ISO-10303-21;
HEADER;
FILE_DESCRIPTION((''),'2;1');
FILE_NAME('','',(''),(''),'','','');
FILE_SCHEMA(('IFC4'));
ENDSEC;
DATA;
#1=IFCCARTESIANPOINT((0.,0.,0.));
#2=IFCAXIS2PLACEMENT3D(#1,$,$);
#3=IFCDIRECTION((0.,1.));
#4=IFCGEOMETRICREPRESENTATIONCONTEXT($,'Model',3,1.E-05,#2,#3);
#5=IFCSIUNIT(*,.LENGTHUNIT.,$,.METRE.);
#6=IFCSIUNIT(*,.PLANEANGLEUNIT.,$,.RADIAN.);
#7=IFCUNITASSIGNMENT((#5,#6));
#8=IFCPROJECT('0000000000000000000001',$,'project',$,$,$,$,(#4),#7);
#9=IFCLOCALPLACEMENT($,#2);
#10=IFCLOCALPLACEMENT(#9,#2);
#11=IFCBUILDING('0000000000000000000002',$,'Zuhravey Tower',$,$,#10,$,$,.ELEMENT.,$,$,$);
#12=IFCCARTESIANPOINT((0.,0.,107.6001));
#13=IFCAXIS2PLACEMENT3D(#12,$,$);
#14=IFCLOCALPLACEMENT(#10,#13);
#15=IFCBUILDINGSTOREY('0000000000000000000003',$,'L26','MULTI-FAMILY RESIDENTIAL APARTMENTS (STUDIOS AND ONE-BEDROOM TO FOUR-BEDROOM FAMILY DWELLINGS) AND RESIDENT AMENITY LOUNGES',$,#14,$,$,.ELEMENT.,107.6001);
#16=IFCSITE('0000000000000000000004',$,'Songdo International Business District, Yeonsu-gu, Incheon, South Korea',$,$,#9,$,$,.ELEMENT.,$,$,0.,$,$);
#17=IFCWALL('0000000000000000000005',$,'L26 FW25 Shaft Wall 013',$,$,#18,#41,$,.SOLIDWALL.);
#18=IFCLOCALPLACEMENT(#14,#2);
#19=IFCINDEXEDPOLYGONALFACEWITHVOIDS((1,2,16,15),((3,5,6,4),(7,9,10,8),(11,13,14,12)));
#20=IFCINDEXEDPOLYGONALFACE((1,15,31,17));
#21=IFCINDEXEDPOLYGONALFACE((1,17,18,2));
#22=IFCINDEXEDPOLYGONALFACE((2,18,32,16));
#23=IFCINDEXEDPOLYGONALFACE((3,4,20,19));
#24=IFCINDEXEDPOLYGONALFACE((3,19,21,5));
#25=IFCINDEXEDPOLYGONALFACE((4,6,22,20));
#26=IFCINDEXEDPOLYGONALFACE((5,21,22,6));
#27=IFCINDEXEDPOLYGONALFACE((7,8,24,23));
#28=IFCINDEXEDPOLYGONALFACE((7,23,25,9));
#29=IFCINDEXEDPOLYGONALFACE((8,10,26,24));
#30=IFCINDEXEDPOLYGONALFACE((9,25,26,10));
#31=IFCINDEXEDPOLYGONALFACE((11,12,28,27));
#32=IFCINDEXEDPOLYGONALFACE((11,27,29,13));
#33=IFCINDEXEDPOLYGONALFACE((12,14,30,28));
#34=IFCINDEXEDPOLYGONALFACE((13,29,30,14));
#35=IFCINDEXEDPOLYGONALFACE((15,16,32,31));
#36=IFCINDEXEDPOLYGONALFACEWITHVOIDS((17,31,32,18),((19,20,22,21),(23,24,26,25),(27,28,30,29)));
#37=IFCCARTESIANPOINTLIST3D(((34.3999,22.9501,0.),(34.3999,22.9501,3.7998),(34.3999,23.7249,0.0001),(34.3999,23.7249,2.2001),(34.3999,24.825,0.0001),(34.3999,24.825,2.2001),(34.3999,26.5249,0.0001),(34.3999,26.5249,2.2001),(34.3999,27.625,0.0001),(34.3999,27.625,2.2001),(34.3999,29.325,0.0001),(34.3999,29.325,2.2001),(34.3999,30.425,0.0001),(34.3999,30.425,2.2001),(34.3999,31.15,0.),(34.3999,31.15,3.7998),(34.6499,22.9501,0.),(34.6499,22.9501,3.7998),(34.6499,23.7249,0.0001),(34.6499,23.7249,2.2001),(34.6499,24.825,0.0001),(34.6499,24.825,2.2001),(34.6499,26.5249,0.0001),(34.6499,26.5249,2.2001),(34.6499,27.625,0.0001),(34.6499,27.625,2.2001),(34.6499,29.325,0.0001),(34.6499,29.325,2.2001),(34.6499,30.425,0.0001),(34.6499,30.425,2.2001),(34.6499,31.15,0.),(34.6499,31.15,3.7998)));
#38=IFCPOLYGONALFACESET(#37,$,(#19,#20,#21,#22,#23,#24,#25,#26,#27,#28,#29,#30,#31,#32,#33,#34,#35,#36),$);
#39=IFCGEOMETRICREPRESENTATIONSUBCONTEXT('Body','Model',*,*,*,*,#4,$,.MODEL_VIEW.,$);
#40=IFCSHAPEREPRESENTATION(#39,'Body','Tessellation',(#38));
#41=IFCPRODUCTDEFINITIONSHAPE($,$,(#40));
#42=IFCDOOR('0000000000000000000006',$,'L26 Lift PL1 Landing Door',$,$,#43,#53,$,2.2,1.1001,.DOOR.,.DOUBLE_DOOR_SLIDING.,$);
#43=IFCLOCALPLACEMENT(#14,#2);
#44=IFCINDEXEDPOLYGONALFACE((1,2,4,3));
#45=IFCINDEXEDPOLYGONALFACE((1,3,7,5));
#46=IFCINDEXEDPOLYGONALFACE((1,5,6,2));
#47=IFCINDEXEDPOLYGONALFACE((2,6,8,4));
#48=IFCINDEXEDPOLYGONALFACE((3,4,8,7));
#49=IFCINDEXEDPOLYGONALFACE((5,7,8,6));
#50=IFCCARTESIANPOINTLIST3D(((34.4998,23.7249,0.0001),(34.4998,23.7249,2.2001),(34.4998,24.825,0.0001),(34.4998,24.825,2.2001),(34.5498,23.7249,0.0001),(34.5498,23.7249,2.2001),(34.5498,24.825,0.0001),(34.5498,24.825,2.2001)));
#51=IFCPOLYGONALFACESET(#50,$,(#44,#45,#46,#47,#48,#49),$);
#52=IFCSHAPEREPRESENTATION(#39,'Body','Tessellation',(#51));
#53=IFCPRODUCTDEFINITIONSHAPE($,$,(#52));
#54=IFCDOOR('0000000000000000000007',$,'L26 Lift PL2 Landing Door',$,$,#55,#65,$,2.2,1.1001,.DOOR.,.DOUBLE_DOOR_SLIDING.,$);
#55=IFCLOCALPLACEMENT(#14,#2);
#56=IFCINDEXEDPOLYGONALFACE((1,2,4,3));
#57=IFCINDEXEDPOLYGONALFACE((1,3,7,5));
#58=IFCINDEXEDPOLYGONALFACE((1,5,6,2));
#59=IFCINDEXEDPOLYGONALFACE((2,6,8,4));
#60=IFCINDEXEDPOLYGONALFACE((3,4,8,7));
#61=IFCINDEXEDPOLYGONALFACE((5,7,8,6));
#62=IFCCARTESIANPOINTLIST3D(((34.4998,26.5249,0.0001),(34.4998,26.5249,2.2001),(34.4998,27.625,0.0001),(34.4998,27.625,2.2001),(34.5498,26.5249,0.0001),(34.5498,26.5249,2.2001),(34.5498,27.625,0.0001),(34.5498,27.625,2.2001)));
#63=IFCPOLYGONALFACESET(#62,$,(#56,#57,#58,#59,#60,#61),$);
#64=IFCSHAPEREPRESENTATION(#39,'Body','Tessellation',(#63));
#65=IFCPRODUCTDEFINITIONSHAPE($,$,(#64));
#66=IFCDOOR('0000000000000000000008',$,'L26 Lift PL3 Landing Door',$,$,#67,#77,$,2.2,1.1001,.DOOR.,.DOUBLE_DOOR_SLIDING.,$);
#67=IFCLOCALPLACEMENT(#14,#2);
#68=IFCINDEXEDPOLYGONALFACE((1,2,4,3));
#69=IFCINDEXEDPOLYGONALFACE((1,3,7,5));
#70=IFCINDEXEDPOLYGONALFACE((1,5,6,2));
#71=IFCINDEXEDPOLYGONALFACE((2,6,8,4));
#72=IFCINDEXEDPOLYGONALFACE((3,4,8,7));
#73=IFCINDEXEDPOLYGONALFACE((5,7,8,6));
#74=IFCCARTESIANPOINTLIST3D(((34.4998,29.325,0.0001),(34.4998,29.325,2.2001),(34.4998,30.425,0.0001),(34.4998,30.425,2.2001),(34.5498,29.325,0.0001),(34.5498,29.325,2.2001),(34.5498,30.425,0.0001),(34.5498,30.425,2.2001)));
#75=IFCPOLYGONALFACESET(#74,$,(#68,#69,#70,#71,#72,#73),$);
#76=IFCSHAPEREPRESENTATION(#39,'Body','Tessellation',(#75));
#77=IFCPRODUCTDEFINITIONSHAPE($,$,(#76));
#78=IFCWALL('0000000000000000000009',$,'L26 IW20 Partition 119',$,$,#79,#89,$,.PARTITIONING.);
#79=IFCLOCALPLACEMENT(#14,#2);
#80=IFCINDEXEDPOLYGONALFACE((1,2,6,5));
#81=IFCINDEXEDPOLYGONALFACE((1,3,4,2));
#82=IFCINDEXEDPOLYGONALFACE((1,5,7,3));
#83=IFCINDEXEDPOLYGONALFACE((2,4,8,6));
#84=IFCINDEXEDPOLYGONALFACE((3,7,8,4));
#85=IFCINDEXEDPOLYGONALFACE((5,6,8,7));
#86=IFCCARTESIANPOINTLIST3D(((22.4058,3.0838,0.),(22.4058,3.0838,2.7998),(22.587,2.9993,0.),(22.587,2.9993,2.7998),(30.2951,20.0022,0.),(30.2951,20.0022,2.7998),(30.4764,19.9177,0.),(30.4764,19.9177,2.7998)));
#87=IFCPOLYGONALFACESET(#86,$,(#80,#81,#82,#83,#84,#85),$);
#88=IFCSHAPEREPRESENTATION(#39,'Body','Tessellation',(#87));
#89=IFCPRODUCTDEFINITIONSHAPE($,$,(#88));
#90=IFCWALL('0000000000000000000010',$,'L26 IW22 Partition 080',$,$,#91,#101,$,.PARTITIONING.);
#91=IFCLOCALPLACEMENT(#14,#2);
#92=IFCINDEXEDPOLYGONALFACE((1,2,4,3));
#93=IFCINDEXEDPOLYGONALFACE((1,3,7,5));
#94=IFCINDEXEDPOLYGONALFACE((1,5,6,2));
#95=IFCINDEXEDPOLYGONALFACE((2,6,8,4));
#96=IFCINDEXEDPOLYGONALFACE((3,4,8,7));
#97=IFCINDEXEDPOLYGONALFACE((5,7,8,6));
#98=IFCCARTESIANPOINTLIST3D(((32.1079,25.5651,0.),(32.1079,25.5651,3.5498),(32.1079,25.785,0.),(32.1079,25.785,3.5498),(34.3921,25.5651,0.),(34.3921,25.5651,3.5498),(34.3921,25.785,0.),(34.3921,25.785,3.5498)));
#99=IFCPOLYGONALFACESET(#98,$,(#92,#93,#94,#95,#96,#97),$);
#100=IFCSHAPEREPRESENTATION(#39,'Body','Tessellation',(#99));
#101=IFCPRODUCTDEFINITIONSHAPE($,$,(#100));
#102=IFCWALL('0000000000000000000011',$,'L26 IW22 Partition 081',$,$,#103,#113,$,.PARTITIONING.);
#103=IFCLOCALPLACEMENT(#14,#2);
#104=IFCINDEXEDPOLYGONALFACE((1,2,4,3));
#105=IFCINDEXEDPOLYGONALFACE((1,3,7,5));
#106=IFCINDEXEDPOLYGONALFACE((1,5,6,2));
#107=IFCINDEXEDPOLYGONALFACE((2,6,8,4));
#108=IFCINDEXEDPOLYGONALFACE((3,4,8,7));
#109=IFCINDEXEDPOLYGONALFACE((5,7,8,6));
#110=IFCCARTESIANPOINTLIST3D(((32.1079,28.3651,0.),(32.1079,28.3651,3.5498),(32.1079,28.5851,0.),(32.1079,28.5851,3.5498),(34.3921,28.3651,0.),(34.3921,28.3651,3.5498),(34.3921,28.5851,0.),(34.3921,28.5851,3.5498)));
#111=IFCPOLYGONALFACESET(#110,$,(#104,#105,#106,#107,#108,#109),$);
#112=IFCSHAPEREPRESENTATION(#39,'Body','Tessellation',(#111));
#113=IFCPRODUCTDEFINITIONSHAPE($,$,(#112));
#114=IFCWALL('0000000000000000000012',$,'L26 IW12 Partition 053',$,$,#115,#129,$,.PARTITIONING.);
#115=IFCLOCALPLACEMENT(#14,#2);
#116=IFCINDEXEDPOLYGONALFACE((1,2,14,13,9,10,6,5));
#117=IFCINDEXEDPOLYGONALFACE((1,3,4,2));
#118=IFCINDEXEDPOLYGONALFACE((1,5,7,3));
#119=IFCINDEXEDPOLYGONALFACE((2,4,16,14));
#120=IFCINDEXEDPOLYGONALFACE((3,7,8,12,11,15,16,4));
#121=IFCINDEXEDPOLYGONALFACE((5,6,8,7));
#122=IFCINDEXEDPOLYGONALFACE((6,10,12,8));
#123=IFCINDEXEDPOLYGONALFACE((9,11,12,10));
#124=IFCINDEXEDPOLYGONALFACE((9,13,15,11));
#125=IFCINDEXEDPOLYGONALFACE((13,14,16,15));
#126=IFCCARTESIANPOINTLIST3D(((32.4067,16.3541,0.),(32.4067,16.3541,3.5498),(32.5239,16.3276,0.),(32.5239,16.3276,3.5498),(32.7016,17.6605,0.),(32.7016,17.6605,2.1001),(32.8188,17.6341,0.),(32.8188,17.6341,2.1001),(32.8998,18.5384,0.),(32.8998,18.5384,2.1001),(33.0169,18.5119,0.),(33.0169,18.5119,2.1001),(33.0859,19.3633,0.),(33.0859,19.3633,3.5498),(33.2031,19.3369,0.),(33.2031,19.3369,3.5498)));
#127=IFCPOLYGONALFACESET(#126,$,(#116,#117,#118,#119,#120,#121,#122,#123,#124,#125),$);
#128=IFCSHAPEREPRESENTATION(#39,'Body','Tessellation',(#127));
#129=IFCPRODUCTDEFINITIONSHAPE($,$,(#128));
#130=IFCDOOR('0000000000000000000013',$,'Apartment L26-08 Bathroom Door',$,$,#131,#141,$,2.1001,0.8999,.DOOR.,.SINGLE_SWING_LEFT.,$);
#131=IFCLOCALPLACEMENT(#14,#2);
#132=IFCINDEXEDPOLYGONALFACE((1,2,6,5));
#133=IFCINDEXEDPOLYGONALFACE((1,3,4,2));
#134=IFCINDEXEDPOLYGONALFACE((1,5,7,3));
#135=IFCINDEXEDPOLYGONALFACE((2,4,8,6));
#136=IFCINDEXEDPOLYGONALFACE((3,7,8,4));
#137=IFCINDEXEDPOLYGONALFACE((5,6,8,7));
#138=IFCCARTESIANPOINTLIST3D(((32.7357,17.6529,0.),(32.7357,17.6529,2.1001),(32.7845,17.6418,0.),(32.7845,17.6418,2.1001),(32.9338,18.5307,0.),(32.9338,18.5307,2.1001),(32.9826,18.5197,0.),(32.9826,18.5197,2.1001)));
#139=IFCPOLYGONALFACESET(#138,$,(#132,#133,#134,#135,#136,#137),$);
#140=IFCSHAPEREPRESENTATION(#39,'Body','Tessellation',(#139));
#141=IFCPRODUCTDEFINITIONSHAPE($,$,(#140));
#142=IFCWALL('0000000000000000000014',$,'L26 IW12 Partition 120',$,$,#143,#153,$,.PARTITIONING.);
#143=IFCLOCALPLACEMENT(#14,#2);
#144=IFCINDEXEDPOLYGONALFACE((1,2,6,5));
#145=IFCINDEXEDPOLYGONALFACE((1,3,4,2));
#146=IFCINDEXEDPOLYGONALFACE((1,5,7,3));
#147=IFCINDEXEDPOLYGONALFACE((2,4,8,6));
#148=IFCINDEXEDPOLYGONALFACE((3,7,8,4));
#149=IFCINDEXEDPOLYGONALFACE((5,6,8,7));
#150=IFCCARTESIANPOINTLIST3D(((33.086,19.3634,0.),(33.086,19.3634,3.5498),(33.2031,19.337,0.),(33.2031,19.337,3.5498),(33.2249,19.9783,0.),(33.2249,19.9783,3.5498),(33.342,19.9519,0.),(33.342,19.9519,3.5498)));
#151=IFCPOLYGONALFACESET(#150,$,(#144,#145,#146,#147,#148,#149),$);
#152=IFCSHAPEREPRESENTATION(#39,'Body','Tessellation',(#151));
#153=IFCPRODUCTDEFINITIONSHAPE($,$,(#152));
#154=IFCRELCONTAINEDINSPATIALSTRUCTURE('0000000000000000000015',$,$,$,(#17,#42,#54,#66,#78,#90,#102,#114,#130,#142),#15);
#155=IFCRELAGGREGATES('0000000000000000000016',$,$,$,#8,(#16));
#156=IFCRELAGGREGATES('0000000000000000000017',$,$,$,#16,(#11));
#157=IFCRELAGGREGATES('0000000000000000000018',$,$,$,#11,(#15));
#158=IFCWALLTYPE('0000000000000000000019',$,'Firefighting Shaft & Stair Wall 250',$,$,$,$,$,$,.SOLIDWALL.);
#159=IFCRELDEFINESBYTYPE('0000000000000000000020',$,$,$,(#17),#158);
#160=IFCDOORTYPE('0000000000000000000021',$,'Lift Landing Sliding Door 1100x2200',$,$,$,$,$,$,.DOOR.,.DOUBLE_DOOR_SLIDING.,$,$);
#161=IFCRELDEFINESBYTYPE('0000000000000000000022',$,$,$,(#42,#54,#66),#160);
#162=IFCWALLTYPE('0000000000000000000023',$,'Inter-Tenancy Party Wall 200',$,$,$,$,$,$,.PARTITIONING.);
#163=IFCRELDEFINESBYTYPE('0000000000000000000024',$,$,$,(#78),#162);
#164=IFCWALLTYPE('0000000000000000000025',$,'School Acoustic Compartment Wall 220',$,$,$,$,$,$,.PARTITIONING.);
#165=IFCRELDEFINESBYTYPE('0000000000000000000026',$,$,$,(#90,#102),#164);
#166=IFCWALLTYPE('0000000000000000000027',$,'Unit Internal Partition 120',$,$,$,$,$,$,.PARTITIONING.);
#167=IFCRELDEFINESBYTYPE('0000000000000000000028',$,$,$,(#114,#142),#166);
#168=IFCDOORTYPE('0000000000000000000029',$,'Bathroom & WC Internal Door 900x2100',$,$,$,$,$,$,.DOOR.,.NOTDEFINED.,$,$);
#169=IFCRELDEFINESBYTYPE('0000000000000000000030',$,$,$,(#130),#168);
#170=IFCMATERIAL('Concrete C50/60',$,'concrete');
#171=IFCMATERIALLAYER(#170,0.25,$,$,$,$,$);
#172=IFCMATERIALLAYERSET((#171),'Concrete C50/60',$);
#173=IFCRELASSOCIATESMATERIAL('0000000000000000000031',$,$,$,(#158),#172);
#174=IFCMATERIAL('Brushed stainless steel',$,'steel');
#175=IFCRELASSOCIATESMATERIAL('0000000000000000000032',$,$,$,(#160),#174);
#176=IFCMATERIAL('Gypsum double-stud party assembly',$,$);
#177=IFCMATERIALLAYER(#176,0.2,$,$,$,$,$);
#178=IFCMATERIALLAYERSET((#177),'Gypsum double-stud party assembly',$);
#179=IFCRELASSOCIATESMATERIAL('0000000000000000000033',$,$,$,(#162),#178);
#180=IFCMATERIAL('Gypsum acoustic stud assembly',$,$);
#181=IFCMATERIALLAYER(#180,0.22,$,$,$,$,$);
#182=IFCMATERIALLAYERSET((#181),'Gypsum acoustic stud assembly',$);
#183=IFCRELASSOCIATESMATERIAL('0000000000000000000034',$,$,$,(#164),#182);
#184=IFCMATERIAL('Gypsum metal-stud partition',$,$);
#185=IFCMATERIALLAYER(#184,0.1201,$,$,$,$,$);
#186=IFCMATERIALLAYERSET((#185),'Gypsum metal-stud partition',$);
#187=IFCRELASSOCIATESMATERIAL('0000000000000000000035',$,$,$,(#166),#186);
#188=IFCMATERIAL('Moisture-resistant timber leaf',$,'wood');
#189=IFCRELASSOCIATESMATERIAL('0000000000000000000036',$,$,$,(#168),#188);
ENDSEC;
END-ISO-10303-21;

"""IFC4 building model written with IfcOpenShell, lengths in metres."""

from ifc_helpers import new_model, si_unit, direction, frame, frame_2d, origin, place, context, subcontext, project, spatial, rectangle, extrude, material, layer, layer_set, type_object, element, fill, save


model = new_model("IFC4")

# Units and contexts
model_context = context("Model", 3, precision=1e-05, world=origin(), true_north=direction((0.0, 1.0)))
body_context = subcontext(model_context, "Body", "Model", "MODEL_VIEW")
ifc_project = project(units=[si_unit("LENGTHUNIT", "METRE"), si_unit("PLANEANGLEUNIT", "RADIAN")], contexts=[model_context])

# Site, building, storey
site_placement = place(None, origin())
site = spatial("IfcSite", under=ifc_project, at=site_placement, Name="Songdo International Business District, Yeonsu-gu, Incheon, South Korea", CompositionType="ELEMENT", RefElevation=0.0)
building_placement = place(site_placement, origin())
building = spatial("IfcBuilding", under=site, at=building_placement, Name="Zuhravey Tower", CompositionType="ELEMENT")
storey_placement = place(building_placement, frame((0.0, 0.0, 107.6001)))
storey = spatial("IfcBuildingStorey", under=building, at=storey_placement, Name="L26", Description="MULTI-FAMILY RESIDENTIAL APARTMENTS (STUDIOS AND ONE-BEDROOM TO FOUR-BEDROOM FAMILY DWELLINGS) AND RESIDENT AMENITY LOUNGES", CompositionType="ELEMENT", Elevation=107.6001)

# Shared definitions
ifc_material_1 = material(Name="Concrete C50/60", Category="concrete")
ifc_layer_1 = layer(ifc_material_1, 0.25)
ifc_layer_set_1 = layer_set([ifc_layer_1], Name="Concrete C50/60")
wall_type_1 = type_object("IfcWallType", Name="Firefighting Shaft & Stair Wall 250", PredefinedType="SOLIDWALL", material=ifc_layer_set_1)

# Shared definitions
ifc_material_2 = material(Name="Brushed stainless steel", Category="steel")

# Wall, openings, doors
wall_1_placement = place(storey_placement, frame((34.5249, 22.95, 0.0), z_axis=(0.0, 0.0, 1.0), x_axis=(0.0, 1.0, 0.0)))
wall_1 = element("IfcWall", 1, at=wall_1_placement, inside=storey, type_object=wall_type_1, Name="L26 FW25 Shaft Wall 013", PredefinedType="SOLIDWALL", context=body_context, shape_type="SweptSolid", body=[
    extrude(rectangle(XDim=8.2, YDim=0.25, at=frame_2d((4.1001, 0.0))), origin(), (0.0, 0.0, 1.0), 3.7998),
])
opening_1_placement = place(wall_1_placement, frame((0.7749, 0.0, 0.0)))
opening_1 = element("IfcOpeningElement", 2, at=opening_1_placement, cuts=wall_1, PredefinedType="OPENING", context=body_context, shape_type="SweptSolid", body=[
    extrude(rectangle(XDim=1.1001, YDim=2.2, at=frame_2d((0.55, 1.1001))), frame((0.0, 0.137, 0.0), z_axis=(0.0, -1.0, 0.0), x_axis=(1.0, 0.0, 0.0)), (0.0, 0.0, 1.0), 0.2739),
])
opening_2_placement = place(wall_1_placement, frame((3.575, 0.0, 0.0)))
opening_2 = element("IfcOpeningElement", 3, at=opening_2_placement, cuts=wall_1, PredefinedType="OPENING", context=body_context, shape_type="SweptSolid", body=[
    extrude(rectangle(XDim=1.1001, YDim=2.2, at=frame_2d((0.55, 1.1001))), frame((0.0, 0.137, 0.0), z_axis=(0.0, -1.0, 0.0), x_axis=(1.0, 0.0, 0.0)), (0.0, 0.0, 1.0), 0.2739),
])
opening_3_placement = place(wall_1_placement, frame((6.375, 0.0, 0.0)))
opening_3 = element("IfcOpeningElement", 4, at=opening_3_placement, cuts=wall_1, PredefinedType="OPENING", context=body_context, shape_type="SweptSolid", body=[
    extrude(rectangle(XDim=1.1001, YDim=2.2, at=frame_2d((0.55, 1.1001))), frame((0.0, 0.137, 0.0), z_axis=(0.0, -1.0, 0.0), x_axis=(1.0, 0.0, 0.0)), (0.0, 0.0, 1.0), 0.2739),
])
door_type_1 = type_object("IfcDoorType", Name="Lift Landing Sliding Door 1100x2200", OperationType="DOUBLE_DOOR_SLIDING", PredefinedType="DOOR", material=ifc_material_2)
door_1_placement = place(opening_1_placement, frame((1.1001, 0.0, 0.0), z_axis=(0.0, 0.0, 1.0), x_axis=(-1.0, 0.0, 0.0)))
door_1 = element("IfcDoor", 5, at=door_1_placement, inside=storey, type_object=door_type_1, Name="L26 Lift PL1 Landing Door", OperationType="DOUBLE_DOOR_SLIDING", OverallHeight=2.2, OverallWidth=1.1001, PredefinedType="DOOR", context=body_context, shape_type="SweptSolid", body=[
    extrude(rectangle(XDim=1.1001, YDim=2.2, at=frame_2d((0.55, 1.1001))), frame((0.0, 0.0249, 0.0), z_axis=(0.0, -1.0, 0.0), x_axis=(1.0, 0.0, 0.0)), (0.0, 0.0, 1.0), 0.05),
])
fill(opening_1, door_1)
door_2_placement = place(opening_2_placement, frame((1.1001, 0.0, 0.0), z_axis=(0.0, 0.0, 1.0), x_axis=(-1.0, 0.0, 0.0)))
door_2 = element("IfcDoor", 6, at=door_2_placement, inside=storey, type_object=door_type_1, Name="L26 Lift PL2 Landing Door", OperationType="DOUBLE_DOOR_SLIDING", OverallHeight=2.2, OverallWidth=1.1001, PredefinedType="DOOR", context=body_context, shape_type="SweptSolid", body=[
    extrude(rectangle(XDim=1.1001, YDim=2.2, at=frame_2d((0.55, 1.1001))), frame((0.0, 0.0249, 0.0), z_axis=(0.0, -1.0, 0.0), x_axis=(1.0, 0.0, 0.0)), (0.0, 0.0, 1.0), 0.05),
])
fill(opening_2, door_2)
door_3_placement = place(opening_3_placement, frame((1.1001, 0.0, 0.0), z_axis=(0.0, 0.0, 1.0), x_axis=(-1.0, 0.0, 0.0)))
door_3 = element("IfcDoor", 7, at=door_3_placement, inside=storey, type_object=door_type_1, Name="L26 Lift PL3 Landing Door", OperationType="DOUBLE_DOOR_SLIDING", OverallHeight=2.2, OverallWidth=1.1001, PredefinedType="DOOR", context=body_context, shape_type="SweptSolid", body=[
    extrude(rectangle(XDim=1.1001, YDim=2.2, at=frame_2d((0.55, 1.1001))), frame((0.0, 0.0249, 0.0), z_axis=(0.0, -1.0, 0.0), x_axis=(1.0, 0.0, 0.0)), (0.0, 0.0, 1.0), 0.05),
])
fill(opening_3, door_3)

# Walls
ifc_material_3 = material(Name="Gypsum double-stud party assembly")
ifc_layer_2 = layer(ifc_material_3, 0.2)
ifc_layer_set_2 = layer_set([ifc_layer_2], Name="Gypsum double-stud party assembly")
wall_type_2 = type_object("IfcWallType", Name="Inter-Tenancy Party Wall 200", PredefinedType="PARTITIONING", material=ifc_layer_set_2)
wall_2_placement = place(storey_placement, frame((30.3857, 19.96, 0.0), z_axis=(0.0, 0.0, 1.0), x_axis=(-0.422627, -0.906304, 0.0)))
element("IfcWall", 8, at=wall_2_placement, inside=storey, type_object=wall_type_2, Name="L26 IW20 Partition 119", PredefinedType="PARTITIONING", context=body_context, shape_type="SweptSolid", body=[
    extrude(rectangle(XDim=18.6675, YDim=0.2, at=frame_2d((9.3337, 0.0))), origin(), (0.0, 0.0, 1.0), 2.7998),
])
ifc_material_4 = material(Name="Gypsum acoustic stud assembly")
ifc_layer_3 = layer(ifc_material_4, 0.22)
ifc_layer_set_3 = layer_set([ifc_layer_3], Name="Gypsum acoustic stud assembly")
wall_type_3 = type_object("IfcWallType", Name="School Acoustic Compartment Wall 220", PredefinedType="PARTITIONING", material=ifc_layer_set_3)
for number, where, z_axis, x_axis, name in (
    (9, (32.1079, 25.675, 0.0), (0.0, 0.0, 1.0), (1.0, 0.0, 0.0), "L26 IW22 Partition 080"),
    (10, (32.1079, 28.4751, 0.0), (0.0, 0.0, 1.0), (1.0, 0.0, 0.0), "L26 IW22 Partition 081"),
):
    element("IfcWall", number, at=place(storey_placement, frame(where, z_axis=z_axis, x_axis=x_axis)), inside=storey, type_object=wall_type_3, Name=name, PredefinedType="PARTITIONING", context=body_context, shape_type="SweptSolid", body=[
        extrude(rectangle(XDim=2.2842, YDim=0.22, at=frame_2d((1.1421, 0.0))), origin(), (0.0, 0.0, 1.0), 3.5498),
    ])

# Wall, opening, door
ifc_material_5 = material(Name="Gypsum metal-stud partition")
ifc_layer_4 = layer(ifc_material_5, 0.1201)
ifc_layer_set_4 = layer_set([ifc_layer_4], Name="Gypsum metal-stud partition")
wall_type_4 = type_object("IfcWallType", Name="Unit Internal Partition 120", PredefinedType="PARTITIONING", material=ifc_layer_set_4)
wall_3_placement = place(storey_placement, frame((33.1445, 19.3501, 0.0), z_axis=(0.0, 0.0, 1.0), x_axis=(-0.220164, -0.975463, 0.0)))
wall_3 = element("IfcWall", 11, at=wall_3_placement, inside=storey, type_object=wall_type_4, Name="L26 IW12 Partition 053", PredefinedType="PARTITIONING", context=body_context, shape_type="SweptSolid", body=[
    extrude(rectangle(XDim=3.085, YDim=0.1201, at=frame_2d((1.5425, 0.0))), origin(), (0.0, 0.0, 1.0), 3.5498),
])
opening_4_placement = place(wall_3_placement, frame((0.8457, 0.0, 0.0)))
opening_4 = element("IfcOpeningElement", 12, at=opening_4_placement, cuts=wall_3, PredefinedType="OPENING", context=body_context, shape_type="SweptSolid", body=[
    extrude(rectangle(XDim=0.8999, YDim=2.1001, at=frame_2d((0.45, 1.05))), frame((0.0, 0.072, 0.0), z_axis=(0.0, -1.0, 0.0), x_axis=(1.0, 0.0, 0.0)), (0.0, 0.0, 1.0), 0.144),
])
ifc_material_6 = material(Name="Moisture-resistant timber leaf", Category="wood")
door_type_2 = type_object("IfcDoorType", Name="Bathroom & WC Internal Door 900x2100", OperationType="NOTDEFINED", PredefinedType="DOOR", material=ifc_material_6)
door_4_placement = place(opening_4_placement, origin())
door_4 = element("IfcDoor", 13, at=door_4_placement, inside=storey, type_object=door_type_2, Name="Apartment L26-08 Bathroom Door", OperationType="SINGLE_SWING_LEFT", OverallHeight=2.1001, OverallWidth=0.8999, PredefinedType="DOOR", context=body_context, shape_type="SweptSolid", body=[
    extrude(rectangle(XDim=0.8999, YDim=2.1001, at=frame_2d((0.45, 1.05))), frame((0.0, 0.0249, 0.0), z_axis=(0.0, -1.0, 0.0), x_axis=(1.0, 0.0, 0.0)), (0.0, 0.0, 1.0), 0.05),
])
fill(opening_4, door_4)

# Wall
wall_4_placement = place(storey_placement, frame((33.2834, 19.9651, 0.0), z_axis=(0.0, 0.0, 1.0), x_axis=(-0.220332, -0.975425, 0.0)))
element("IfcWall", 14, at=wall_4_placement, inside=storey, type_object=wall_type_4, Name="L26 IW12 Partition 120", PredefinedType="PARTITIONING", context=body_context, shape_type="SweptSolid", body=[
    extrude(rectangle(XDim=0.6304, YDim=0.1201, at=frame_2d((0.3152, 0.0))), origin(), (0.0, 0.0, 1.0), 3.5498),
])

save(model, "model.ifc")
